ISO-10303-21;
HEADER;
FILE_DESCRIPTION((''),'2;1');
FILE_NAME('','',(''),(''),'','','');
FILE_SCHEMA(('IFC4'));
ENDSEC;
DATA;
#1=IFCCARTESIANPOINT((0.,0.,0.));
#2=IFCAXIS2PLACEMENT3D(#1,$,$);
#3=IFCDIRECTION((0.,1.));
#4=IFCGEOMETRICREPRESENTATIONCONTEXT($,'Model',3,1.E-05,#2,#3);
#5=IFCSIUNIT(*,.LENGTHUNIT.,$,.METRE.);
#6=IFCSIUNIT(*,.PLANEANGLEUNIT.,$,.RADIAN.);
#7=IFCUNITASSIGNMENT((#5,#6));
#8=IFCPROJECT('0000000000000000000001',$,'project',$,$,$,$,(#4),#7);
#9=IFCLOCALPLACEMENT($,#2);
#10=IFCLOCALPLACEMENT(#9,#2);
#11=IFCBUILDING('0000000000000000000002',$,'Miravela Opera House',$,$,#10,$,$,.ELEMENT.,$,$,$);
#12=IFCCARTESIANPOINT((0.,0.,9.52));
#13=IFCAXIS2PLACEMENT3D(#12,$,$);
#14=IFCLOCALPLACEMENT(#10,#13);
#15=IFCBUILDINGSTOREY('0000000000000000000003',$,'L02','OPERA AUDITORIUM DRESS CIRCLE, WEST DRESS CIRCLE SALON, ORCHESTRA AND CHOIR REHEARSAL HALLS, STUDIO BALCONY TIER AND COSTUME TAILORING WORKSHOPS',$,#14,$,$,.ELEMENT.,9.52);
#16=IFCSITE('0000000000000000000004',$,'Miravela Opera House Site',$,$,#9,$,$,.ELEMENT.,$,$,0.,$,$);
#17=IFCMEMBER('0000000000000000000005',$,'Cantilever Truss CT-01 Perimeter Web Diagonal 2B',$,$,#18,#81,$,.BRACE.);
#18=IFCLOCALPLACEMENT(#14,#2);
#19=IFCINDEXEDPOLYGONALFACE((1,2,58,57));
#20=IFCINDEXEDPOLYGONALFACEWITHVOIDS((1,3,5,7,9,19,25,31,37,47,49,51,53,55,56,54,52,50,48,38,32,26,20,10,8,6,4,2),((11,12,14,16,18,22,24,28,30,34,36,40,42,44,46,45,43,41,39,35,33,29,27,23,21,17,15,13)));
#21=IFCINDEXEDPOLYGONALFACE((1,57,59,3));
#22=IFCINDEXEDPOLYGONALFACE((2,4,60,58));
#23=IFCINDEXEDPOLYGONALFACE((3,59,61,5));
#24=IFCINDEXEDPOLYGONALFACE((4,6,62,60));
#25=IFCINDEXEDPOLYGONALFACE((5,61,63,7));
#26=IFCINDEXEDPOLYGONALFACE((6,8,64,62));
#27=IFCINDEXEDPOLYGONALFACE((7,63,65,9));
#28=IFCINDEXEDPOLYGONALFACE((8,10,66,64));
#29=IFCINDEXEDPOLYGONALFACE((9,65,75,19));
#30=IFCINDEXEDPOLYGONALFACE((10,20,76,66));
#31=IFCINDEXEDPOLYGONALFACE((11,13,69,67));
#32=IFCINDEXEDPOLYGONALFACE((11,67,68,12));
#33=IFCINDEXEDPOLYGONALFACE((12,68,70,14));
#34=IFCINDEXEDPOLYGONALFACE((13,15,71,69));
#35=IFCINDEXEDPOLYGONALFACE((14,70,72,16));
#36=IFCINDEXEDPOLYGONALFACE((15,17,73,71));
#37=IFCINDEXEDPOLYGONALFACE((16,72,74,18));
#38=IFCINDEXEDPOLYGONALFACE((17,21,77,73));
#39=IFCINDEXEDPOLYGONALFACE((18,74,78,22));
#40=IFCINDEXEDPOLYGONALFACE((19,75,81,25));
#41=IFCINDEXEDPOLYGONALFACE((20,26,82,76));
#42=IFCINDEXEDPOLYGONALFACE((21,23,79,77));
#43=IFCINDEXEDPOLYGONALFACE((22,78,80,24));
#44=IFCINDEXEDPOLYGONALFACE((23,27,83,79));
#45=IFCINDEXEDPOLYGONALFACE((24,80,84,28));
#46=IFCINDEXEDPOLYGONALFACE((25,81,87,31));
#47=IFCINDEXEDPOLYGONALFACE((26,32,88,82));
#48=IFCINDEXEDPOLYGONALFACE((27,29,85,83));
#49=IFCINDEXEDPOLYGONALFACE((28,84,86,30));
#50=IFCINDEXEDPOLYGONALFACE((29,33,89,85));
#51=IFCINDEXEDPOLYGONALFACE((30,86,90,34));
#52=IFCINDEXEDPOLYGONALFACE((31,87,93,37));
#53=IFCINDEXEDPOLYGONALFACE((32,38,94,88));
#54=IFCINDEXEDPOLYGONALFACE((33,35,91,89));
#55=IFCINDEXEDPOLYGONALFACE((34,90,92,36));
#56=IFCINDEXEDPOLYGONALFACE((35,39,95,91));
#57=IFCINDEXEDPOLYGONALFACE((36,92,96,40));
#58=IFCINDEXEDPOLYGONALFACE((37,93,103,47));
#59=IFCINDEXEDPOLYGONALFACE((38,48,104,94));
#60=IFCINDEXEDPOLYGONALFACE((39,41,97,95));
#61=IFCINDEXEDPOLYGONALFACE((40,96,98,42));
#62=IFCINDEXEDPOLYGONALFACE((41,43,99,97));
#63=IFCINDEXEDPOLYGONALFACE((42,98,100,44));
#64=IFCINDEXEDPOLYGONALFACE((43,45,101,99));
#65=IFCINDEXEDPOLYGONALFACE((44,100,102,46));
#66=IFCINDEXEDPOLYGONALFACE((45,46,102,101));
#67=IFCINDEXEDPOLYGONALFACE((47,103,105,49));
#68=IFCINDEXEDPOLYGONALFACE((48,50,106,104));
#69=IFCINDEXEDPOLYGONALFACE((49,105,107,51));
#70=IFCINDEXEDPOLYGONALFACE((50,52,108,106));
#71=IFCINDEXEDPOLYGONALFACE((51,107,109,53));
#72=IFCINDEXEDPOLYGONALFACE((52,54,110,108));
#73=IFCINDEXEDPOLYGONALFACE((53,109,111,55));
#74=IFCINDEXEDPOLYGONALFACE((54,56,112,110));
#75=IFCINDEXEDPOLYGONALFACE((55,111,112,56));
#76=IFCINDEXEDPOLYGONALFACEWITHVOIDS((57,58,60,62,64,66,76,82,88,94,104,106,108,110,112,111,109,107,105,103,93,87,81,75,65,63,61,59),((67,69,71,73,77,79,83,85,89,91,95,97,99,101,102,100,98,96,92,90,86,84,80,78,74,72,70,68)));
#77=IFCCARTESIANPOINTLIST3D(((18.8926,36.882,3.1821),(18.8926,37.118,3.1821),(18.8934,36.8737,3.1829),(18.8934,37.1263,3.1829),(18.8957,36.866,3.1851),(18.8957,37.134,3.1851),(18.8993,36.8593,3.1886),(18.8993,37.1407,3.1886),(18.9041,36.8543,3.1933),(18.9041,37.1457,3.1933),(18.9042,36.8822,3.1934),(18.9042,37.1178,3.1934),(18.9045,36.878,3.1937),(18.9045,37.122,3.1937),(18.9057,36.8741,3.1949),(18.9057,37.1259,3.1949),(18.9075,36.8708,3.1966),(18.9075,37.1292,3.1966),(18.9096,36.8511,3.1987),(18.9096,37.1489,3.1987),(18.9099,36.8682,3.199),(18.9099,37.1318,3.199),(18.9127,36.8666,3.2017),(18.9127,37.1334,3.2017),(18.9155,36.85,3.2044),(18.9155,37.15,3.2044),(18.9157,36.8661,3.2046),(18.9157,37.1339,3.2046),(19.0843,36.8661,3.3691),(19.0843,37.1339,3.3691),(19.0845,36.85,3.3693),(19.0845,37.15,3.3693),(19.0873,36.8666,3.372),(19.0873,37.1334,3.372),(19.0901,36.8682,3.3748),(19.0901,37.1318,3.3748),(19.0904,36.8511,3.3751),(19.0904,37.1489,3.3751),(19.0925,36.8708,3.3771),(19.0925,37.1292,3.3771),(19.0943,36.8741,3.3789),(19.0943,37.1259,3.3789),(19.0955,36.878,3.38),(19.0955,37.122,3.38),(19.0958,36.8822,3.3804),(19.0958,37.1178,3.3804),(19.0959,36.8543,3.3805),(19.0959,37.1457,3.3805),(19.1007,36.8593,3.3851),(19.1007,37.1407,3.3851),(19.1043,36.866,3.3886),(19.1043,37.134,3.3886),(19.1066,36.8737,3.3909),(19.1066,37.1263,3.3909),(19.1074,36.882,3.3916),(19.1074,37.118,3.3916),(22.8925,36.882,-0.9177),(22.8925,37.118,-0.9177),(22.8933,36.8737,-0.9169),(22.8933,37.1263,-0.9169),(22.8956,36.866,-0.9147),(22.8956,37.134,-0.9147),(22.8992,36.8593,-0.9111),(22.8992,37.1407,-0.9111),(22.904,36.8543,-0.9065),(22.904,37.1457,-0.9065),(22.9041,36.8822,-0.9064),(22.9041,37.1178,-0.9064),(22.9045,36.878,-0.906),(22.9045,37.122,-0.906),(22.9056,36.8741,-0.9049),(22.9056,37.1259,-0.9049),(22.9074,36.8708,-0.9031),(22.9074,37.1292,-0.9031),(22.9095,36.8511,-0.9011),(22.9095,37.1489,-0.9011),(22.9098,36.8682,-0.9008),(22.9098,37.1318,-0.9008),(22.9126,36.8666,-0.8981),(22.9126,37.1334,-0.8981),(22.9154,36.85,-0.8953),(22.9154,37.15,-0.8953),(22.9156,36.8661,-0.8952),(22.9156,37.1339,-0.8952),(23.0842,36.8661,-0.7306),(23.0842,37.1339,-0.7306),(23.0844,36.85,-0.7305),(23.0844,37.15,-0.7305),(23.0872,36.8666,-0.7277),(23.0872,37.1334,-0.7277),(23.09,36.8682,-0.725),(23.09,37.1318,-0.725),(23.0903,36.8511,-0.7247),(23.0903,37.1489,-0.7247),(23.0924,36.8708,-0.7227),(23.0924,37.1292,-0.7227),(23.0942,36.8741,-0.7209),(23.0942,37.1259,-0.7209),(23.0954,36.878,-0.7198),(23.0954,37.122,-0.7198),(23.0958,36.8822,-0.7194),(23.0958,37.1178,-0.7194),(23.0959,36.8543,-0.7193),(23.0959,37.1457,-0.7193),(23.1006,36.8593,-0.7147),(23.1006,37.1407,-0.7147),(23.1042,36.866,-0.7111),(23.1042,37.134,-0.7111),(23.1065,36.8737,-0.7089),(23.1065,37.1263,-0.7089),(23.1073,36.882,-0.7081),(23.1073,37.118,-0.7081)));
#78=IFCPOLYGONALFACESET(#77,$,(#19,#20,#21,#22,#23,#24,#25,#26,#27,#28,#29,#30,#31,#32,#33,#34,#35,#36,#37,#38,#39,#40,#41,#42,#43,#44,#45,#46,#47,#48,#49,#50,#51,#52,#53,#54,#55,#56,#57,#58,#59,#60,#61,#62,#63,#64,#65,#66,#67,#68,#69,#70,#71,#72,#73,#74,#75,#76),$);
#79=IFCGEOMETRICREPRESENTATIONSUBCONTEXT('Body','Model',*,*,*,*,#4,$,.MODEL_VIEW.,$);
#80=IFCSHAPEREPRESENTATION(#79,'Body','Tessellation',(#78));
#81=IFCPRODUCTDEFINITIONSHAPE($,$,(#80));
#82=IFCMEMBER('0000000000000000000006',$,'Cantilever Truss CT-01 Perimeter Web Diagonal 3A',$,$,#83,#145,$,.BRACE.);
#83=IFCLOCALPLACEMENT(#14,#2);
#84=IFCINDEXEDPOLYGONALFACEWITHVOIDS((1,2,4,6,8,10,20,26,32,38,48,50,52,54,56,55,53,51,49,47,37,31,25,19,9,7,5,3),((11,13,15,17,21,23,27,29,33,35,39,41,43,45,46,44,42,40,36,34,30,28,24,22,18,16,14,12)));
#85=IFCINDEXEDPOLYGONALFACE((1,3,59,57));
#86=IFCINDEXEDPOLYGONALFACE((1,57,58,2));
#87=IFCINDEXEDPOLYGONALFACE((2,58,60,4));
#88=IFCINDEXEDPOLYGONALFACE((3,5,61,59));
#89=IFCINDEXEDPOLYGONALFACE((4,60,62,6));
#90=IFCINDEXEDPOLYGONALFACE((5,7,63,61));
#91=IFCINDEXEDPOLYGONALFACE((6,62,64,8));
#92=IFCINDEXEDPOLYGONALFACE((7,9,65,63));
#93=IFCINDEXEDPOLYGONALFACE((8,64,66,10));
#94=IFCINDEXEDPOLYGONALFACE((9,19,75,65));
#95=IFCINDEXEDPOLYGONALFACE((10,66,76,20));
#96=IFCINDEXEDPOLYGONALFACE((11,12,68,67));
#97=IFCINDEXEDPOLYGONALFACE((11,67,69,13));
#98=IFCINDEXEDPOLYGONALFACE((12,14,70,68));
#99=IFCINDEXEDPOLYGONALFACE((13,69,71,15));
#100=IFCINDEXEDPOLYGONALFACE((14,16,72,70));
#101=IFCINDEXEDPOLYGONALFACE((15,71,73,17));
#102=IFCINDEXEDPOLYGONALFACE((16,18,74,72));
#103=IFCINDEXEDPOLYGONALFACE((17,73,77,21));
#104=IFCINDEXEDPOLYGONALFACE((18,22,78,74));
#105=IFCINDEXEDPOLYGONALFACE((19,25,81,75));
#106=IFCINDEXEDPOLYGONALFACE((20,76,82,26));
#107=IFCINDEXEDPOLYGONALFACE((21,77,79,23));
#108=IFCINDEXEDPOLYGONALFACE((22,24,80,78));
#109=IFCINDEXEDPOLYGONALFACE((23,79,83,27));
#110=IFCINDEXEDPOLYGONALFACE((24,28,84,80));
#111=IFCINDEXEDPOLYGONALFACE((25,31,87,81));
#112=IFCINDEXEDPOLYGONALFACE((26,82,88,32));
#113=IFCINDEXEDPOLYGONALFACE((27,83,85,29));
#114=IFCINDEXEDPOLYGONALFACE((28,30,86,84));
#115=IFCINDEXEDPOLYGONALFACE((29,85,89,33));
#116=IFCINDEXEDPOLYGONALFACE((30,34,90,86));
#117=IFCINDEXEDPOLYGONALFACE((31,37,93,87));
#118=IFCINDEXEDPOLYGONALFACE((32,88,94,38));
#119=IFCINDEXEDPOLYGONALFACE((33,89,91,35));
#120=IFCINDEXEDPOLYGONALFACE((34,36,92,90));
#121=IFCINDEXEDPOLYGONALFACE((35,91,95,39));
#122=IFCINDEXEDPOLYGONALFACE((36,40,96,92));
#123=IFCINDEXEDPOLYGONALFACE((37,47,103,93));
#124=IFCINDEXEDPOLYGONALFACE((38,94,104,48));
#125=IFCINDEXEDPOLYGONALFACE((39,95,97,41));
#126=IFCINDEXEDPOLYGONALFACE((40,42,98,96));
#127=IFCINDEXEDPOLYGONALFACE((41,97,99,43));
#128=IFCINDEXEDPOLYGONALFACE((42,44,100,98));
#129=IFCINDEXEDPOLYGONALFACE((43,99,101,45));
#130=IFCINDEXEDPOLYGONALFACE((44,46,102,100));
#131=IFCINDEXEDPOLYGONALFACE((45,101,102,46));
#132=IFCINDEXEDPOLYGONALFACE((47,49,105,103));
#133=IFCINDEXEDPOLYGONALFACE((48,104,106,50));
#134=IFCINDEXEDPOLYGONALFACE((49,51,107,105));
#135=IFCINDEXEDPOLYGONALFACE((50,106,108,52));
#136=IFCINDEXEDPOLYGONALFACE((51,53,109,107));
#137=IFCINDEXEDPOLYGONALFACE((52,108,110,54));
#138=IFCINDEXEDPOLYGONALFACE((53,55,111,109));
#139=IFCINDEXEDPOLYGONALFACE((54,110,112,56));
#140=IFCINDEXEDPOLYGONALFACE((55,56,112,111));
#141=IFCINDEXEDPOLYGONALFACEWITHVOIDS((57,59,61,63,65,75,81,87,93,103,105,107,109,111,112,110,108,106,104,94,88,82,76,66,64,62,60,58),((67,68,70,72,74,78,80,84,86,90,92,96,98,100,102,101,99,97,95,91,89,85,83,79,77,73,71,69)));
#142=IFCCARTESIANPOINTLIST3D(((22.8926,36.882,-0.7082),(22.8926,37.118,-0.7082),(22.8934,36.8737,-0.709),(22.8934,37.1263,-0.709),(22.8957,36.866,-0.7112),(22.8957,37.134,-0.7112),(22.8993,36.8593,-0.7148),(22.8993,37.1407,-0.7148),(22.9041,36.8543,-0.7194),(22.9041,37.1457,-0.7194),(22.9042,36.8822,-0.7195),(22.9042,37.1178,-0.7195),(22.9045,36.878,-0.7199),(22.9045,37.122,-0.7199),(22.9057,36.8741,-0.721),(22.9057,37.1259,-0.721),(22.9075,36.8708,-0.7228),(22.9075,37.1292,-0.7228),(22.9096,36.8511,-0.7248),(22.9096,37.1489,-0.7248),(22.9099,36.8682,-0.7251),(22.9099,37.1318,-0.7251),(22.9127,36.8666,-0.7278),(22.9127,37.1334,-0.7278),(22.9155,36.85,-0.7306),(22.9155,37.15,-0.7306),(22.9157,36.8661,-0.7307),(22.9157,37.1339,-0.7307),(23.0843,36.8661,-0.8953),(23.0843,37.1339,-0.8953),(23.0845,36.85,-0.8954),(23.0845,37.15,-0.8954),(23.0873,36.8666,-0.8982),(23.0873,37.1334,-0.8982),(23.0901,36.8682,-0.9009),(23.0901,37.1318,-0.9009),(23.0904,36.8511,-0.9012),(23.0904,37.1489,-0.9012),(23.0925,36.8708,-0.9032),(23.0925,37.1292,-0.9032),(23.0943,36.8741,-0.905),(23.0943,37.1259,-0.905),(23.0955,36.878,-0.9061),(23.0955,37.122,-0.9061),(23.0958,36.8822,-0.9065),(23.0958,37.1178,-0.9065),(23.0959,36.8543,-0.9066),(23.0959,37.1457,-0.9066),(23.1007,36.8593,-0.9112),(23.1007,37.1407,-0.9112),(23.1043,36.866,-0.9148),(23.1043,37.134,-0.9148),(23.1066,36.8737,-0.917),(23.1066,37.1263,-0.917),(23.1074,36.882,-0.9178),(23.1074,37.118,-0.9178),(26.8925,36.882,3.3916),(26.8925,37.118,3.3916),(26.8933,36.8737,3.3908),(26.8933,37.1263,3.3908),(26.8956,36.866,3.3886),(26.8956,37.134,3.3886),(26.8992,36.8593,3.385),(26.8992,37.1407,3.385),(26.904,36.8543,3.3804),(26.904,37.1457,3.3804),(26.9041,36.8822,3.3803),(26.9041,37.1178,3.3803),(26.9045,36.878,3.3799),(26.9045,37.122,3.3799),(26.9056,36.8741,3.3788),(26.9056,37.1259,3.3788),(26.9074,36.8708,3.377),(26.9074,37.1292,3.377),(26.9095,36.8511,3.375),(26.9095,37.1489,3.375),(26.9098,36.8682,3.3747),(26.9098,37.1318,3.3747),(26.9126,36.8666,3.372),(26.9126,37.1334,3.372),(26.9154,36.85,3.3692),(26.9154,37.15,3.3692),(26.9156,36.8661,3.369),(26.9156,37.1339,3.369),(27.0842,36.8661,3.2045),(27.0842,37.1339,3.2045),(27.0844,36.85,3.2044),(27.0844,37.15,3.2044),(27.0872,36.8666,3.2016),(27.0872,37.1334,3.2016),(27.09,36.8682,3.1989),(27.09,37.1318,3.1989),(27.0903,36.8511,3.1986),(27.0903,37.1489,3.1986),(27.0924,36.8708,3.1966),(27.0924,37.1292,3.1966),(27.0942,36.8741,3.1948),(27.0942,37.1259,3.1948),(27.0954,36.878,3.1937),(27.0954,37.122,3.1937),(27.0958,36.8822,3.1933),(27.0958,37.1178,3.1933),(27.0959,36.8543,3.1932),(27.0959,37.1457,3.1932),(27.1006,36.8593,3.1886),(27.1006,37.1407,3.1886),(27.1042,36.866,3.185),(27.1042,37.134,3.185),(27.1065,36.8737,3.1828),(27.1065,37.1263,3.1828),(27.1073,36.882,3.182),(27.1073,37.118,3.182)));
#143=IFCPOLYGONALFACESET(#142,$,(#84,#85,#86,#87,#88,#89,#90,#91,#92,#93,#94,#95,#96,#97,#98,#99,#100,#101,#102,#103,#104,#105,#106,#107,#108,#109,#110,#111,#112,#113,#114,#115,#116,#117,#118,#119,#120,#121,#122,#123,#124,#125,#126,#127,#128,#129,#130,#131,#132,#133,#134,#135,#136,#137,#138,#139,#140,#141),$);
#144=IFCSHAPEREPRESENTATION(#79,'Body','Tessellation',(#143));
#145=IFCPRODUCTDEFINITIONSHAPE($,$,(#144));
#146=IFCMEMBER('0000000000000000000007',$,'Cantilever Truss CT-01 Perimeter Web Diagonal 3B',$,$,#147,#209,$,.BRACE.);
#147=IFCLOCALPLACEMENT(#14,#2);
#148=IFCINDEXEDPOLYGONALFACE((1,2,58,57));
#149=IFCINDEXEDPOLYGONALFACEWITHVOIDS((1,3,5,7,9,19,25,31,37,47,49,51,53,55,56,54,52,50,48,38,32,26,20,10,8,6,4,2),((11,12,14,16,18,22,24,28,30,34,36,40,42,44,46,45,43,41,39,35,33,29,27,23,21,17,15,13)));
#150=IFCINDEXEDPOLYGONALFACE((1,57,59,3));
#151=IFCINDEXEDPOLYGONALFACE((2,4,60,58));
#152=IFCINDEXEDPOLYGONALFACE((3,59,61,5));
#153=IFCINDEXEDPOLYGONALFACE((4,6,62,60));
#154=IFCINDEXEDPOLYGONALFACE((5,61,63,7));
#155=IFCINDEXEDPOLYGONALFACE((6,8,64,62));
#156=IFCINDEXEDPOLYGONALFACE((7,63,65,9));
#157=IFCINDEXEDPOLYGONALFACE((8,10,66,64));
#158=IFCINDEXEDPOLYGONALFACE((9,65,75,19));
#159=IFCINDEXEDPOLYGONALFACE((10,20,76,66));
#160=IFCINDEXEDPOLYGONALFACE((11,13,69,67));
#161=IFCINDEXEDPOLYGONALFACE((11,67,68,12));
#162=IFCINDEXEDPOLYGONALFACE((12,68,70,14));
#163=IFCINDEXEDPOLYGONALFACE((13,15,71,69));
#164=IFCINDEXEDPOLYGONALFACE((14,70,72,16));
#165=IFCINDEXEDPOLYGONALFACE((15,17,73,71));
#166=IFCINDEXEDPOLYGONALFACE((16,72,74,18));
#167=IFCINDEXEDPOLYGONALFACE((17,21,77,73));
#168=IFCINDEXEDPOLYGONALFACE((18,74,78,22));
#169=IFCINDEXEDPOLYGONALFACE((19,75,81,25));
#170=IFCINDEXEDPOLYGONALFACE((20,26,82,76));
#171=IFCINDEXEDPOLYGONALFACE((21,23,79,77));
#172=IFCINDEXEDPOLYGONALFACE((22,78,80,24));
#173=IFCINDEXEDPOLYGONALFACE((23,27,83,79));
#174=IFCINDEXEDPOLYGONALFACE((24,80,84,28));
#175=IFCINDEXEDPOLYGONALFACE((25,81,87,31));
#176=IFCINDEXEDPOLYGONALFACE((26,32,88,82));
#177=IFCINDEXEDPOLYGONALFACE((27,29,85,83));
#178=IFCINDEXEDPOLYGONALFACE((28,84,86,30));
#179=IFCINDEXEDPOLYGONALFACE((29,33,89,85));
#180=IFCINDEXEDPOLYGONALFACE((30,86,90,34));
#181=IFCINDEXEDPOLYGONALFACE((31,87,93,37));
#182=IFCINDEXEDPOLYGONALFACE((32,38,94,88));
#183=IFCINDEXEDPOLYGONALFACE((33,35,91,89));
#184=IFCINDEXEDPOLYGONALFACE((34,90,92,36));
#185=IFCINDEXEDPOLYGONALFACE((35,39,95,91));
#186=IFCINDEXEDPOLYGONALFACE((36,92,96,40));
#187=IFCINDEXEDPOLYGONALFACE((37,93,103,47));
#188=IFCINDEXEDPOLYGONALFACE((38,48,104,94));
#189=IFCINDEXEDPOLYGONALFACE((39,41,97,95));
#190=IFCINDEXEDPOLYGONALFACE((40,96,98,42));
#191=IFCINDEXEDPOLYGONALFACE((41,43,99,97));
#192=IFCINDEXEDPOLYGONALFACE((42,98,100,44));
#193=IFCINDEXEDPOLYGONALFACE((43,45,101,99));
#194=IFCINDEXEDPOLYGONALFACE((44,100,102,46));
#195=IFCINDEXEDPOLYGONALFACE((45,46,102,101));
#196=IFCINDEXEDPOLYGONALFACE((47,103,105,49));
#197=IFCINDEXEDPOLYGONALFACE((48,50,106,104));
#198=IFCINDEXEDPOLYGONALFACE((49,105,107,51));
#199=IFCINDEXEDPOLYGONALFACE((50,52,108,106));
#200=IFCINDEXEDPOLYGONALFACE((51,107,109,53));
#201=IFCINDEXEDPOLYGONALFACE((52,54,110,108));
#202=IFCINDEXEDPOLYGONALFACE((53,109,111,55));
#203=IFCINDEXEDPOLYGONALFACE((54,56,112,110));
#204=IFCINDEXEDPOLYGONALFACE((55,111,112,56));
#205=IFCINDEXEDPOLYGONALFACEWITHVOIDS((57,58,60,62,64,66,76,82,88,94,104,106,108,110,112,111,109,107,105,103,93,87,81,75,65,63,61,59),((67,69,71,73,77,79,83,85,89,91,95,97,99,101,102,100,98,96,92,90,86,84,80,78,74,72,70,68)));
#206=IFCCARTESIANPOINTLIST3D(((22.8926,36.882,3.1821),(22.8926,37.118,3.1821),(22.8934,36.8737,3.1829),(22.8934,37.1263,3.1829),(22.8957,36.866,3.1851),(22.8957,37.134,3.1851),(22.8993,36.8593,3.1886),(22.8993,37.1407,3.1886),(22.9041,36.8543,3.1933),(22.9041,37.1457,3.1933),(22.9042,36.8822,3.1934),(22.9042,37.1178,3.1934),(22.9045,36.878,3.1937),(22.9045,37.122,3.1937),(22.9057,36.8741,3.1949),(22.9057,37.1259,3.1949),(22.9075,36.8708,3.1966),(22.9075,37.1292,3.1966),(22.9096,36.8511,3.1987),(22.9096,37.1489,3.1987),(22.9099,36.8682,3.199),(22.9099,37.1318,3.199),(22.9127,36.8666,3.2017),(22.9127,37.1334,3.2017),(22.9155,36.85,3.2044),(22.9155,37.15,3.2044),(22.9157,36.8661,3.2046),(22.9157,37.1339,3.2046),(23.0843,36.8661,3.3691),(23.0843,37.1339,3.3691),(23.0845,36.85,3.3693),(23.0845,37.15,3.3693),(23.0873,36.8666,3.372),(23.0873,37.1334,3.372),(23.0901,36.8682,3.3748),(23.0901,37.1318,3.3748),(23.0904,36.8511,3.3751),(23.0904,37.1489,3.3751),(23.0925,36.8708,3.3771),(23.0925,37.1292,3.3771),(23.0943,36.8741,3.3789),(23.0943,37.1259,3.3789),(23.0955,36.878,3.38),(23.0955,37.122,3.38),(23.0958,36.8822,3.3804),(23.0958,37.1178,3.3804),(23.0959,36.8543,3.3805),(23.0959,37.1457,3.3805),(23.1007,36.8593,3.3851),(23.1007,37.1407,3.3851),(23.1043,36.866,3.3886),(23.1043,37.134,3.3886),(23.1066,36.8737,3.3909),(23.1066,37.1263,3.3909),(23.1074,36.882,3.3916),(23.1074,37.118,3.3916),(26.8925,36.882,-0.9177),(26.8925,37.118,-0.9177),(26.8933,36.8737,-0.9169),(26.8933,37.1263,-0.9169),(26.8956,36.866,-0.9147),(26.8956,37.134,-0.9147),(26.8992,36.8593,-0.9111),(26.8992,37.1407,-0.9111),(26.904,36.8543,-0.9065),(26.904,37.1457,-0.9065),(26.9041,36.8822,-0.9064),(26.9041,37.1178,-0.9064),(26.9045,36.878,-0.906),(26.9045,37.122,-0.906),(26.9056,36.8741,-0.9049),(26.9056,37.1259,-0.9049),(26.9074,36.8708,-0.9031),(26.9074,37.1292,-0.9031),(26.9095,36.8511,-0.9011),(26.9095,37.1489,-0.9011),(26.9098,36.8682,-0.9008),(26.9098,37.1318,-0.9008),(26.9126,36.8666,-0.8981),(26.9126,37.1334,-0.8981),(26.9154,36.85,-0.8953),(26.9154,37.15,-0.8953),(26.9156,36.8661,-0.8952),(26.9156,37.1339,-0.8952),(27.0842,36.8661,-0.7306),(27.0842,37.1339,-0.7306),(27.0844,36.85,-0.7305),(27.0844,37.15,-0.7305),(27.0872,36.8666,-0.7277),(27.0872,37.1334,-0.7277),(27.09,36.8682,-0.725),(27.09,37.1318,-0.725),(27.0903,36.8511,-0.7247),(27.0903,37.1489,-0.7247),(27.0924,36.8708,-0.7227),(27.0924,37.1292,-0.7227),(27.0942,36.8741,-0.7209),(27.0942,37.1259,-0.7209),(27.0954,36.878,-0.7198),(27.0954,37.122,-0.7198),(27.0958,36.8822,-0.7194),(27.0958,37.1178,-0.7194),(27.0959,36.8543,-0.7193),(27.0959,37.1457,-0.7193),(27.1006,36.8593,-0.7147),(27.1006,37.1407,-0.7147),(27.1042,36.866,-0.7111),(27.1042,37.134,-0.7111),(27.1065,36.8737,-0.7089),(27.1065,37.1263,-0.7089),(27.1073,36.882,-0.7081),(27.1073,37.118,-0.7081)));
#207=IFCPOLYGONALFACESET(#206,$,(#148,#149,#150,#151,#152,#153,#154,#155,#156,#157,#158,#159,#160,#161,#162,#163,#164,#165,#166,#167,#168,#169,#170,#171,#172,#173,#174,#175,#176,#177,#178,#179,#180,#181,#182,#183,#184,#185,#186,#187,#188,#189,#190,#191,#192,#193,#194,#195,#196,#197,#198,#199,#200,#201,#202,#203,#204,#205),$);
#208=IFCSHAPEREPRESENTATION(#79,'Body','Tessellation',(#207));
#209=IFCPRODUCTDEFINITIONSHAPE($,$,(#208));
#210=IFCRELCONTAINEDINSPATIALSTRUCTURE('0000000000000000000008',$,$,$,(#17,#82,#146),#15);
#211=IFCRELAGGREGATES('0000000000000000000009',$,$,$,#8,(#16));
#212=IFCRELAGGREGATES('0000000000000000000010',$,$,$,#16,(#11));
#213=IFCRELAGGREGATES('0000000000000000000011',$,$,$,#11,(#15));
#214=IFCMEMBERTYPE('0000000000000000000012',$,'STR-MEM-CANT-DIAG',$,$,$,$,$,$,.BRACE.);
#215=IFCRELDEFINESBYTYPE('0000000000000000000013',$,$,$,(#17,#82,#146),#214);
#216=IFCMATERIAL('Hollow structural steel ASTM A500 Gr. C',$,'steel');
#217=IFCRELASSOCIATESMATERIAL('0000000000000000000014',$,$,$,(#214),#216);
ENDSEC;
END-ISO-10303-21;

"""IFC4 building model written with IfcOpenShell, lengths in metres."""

from ifc_helpers import new_model, si_unit, direction, frame, origin, origin_2d, place, context, subcontext, project, spatial, hollow_rectangle, extrude, material, material_profile, profile_set, type_object, element, save


model = new_model("IFC4")

# Units and contexts
model_context = context("Model", 3, precision=1e-05, world=origin(), true_north=direction((0.0, 1.0)))
body_context = subcontext(model_context, "Body", "Model", "MODEL_VIEW")
ifc_project = project(units=[si_unit("LENGTHUNIT", "METRE"), si_unit("PLANEANGLEUNIT", "RADIAN")], contexts=[model_context])

# Site, building, storey
site_placement = place(None, origin())
site = spatial("IfcSite", under=ifc_project, at=site_placement, Name="Miravela Opera House Site", CompositionType="ELEMENT", RefElevation=0.0)
building_placement = place(site_placement, origin())
building = spatial("IfcBuilding", under=site, at=building_placement, Name="Miravela Opera House", CompositionType="ELEMENT")
storey_placement = place(building_placement, frame((0.0, 0.0, 9.52)))
storey = spatial("IfcBuildingStorey", under=building, at=storey_placement, Name="L02", Description="OPERA AUDITORIUM DRESS CIRCLE, WEST DRESS CIRCLE SALON, ORCHESTRA AND CHOIR REHEARSAL HALLS, STUDIO BALCONY TIER AND COSTUME TAILORING WORKSHOPS", CompositionType="ELEMENT", Elevation=9.52)

# Members
ifc_material_1 = material(Name="Hollow structural steel ASTM A500 Gr. C", Category="steel")
ifc_material_profile_1 = material_profile(ifc_material_1, hollow_rectangle(XDim=0.3, YDim=0.3, WallThickness=0.0161, InnerFilletRadius=0.0161, OuterFilletRadius=0.032, at=origin_2d()), Name="HSS300X300X16")
ifc_profile_set_1 = profile_set([ifc_material_profile_1])
member_type_1 = type_object("IfcMemberType", Name="STR-MEM-CANT-DIAG", PredefinedType="BRACE", material=ifc_profile_set_1)
for number, where, z_axis, x_axis, name in (
    (1, (19.0, 37.0, 3.2869), (0.698337, 0.0, -0.715769), (0.0, 1.0, 0.0), "Cantilever Truss CT-01 Perimeter Web Diagonal 2B"),
    (2, (23.0, 37.0, -0.813), (0.698337, 0.0, 0.715769), (0.0, 1.0, 0.0), "Cantilever Truss CT-01 Perimeter Web Diagonal 3A"),
    (3, (23.0, 37.0, 3.2869), (0.698337, 0.0, -0.715769), (0.0, 1.0, 0.0), "Cantilever Truss CT-01 Perimeter Web Diagonal 3B"),
):
    element("IfcMember", number, at=place(storey_placement, frame(where, z_axis=z_axis, x_axis=x_axis)), inside=storey, type_object=member_type_1, Name=name, PredefinedType="BRACE", context=body_context, shape_type="SweptSolid", body=[
        extrude(hollow_rectangle(XDim=0.3, YDim=0.3, WallThickness=0.0161, InnerFilletRadius=0.0161, OuterFilletRadius=0.032, at=origin_2d()), origin(), (0.0, 0.0, 1.0), 5.7278),
    ])

save(model, "model.ifc")
